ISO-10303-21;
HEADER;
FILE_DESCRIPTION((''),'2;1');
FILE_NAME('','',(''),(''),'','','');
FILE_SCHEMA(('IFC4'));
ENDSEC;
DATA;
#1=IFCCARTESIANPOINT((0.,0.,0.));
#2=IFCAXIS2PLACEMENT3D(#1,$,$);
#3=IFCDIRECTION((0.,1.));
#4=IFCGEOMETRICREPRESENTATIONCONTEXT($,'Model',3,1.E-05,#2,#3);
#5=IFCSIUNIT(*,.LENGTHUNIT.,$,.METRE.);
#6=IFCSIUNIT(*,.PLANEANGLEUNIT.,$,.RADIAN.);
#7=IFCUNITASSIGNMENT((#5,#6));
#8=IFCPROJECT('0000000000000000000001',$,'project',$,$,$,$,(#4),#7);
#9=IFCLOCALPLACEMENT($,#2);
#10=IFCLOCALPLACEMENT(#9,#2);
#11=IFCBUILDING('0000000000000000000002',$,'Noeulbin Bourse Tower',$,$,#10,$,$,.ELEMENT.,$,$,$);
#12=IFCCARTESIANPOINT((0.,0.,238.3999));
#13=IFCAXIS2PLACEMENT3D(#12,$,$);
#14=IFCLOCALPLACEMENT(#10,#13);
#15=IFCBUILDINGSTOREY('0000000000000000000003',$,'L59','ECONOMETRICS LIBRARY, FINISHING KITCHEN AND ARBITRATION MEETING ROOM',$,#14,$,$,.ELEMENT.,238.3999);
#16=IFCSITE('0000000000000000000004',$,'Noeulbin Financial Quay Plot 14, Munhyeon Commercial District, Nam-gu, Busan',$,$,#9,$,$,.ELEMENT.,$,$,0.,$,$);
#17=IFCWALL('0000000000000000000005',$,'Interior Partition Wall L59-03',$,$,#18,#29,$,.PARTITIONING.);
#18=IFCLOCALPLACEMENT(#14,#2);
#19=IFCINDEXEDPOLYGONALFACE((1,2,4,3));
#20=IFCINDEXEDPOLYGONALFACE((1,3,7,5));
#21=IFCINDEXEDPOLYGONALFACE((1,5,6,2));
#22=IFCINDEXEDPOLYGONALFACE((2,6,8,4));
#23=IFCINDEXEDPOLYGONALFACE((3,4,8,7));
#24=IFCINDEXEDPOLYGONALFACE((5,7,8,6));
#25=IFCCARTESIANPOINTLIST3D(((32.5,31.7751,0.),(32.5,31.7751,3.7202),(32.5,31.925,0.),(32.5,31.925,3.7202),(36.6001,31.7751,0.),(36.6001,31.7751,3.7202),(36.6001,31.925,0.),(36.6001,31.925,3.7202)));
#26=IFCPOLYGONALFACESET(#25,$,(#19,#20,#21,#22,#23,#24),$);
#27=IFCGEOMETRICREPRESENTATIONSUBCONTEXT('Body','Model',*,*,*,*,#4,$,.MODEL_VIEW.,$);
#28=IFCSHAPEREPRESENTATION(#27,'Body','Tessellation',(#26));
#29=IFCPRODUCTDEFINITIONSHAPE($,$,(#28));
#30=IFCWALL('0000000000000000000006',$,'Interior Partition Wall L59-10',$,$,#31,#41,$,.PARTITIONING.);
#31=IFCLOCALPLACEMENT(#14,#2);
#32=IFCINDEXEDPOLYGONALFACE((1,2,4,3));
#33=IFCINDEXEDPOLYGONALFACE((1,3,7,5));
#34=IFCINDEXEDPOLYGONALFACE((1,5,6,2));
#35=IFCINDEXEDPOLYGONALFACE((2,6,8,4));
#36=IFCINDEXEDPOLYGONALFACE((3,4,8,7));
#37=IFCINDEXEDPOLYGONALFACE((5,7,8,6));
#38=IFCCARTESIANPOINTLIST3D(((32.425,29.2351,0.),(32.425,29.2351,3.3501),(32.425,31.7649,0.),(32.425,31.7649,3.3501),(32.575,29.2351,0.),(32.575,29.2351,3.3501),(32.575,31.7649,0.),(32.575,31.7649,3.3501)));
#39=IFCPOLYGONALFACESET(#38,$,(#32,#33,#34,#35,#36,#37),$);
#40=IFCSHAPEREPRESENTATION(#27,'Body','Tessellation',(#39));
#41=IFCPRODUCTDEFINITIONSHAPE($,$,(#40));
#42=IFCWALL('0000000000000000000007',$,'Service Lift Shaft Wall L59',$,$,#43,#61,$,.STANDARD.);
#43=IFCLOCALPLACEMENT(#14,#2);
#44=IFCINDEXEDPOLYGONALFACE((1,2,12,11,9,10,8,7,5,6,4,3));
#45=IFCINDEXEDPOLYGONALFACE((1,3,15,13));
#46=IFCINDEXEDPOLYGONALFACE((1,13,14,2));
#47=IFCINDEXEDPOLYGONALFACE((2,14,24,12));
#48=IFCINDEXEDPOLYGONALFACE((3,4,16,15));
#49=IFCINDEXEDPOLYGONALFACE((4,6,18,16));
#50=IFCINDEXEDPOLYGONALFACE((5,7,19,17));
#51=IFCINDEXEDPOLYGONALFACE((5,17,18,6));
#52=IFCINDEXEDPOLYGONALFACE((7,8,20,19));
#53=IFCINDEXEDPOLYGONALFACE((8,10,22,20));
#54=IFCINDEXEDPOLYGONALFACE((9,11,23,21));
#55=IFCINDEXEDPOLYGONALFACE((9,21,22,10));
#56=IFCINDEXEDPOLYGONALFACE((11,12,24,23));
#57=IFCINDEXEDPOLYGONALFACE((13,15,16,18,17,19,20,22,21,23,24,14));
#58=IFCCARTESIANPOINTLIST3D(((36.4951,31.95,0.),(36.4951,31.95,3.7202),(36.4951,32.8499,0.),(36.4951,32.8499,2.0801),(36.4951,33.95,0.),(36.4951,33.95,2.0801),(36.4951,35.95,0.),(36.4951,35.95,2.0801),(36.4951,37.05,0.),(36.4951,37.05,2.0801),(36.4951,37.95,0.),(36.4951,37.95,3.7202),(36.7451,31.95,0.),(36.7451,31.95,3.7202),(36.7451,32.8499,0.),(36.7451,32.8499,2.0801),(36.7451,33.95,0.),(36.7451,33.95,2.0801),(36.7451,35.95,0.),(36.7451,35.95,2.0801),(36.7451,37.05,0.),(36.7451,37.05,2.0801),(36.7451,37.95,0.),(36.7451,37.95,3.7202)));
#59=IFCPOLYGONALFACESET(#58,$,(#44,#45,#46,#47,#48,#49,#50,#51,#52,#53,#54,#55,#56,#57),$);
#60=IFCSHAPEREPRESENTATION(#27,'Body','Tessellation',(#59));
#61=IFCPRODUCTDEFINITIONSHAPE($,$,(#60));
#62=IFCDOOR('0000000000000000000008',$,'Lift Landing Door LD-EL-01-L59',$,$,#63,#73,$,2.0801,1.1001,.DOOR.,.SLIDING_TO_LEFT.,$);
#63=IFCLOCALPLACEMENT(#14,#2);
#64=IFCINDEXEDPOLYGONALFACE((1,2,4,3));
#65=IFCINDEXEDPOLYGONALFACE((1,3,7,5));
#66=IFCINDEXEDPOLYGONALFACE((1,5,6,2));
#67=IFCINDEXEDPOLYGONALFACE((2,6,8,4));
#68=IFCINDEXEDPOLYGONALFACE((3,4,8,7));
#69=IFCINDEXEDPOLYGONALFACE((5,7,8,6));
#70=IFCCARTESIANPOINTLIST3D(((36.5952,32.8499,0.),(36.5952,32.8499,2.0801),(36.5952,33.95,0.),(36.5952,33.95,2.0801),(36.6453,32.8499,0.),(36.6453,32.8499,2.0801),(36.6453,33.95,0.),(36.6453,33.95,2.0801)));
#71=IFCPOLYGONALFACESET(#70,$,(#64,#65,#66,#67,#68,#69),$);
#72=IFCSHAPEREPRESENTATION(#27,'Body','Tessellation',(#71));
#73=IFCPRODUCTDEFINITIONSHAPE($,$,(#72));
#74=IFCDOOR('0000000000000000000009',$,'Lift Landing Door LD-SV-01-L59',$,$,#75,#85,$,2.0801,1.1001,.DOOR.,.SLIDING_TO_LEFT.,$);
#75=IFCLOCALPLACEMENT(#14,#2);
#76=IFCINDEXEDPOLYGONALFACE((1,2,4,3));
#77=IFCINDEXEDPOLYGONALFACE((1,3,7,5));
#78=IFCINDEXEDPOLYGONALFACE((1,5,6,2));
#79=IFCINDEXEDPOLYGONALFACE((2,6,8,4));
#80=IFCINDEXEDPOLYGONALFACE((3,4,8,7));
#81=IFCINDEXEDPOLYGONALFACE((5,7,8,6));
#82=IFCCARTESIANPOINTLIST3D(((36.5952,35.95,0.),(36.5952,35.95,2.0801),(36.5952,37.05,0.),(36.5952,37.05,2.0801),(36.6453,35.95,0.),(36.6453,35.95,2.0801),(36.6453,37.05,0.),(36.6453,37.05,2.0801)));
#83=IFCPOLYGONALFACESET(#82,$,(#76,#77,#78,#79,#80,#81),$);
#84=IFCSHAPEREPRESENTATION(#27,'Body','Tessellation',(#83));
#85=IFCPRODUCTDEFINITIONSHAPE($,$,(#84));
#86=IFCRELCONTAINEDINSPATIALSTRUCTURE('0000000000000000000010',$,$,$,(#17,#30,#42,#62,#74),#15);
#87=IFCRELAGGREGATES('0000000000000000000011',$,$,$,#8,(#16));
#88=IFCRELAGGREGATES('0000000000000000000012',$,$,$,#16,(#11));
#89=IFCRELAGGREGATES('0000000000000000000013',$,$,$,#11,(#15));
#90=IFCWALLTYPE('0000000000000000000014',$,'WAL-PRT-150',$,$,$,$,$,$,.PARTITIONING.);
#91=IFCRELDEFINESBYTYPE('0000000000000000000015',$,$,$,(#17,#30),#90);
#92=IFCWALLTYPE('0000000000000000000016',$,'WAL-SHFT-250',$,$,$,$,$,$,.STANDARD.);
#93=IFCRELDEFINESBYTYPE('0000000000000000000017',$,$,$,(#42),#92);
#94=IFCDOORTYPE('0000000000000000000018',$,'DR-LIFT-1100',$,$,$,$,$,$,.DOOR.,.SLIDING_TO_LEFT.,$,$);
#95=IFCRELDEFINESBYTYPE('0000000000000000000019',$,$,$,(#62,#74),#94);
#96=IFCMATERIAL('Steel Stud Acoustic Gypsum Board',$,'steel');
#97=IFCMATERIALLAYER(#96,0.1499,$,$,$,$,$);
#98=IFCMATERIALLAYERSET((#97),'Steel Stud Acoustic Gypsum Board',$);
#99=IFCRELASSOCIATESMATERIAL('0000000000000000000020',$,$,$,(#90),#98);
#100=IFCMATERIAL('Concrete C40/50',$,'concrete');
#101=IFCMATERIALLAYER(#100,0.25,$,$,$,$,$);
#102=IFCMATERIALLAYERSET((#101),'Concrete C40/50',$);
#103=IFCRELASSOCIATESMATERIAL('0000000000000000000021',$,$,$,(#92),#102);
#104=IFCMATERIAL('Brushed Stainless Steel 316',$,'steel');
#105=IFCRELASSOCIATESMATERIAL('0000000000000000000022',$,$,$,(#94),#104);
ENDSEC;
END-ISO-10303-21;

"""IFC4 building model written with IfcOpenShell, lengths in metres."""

from ifc_helpers import new_model, si_unit, direction, frame, frame_2d, origin, place, context, subcontext, project, spatial, rectangle, extrude, material, layer, layer_set, type_object, element, fill, save


model = new_model("IFC4")

# Units and contexts
model_context = context("Model", 3, precision=1e-05, world=origin(), true_north=direction((0.0, 1.0)))
body_context = subcontext(model_context, "Body", "Model", "MODEL_VIEW")
ifc_project = project(units=[si_unit("LENGTHUNIT", "METRE"), si_unit("PLANEANGLEUNIT", "RADIAN")], contexts=[model_context])

# Site, building, storey
site_placement = place(None, origin())
site = spatial("IfcSite", under=ifc_project, at=site_placement, Name="Noeulbin Financial Quay Plot 14, Munhyeon Commercial District, Nam-gu, Busan", CompositionType="ELEMENT", RefElevation=0.0)
building_placement = place(site_placement, origin())
building = spatial("IfcBuilding", under=site, at=building_placement, Name="Noeulbin Bourse Tower", CompositionType="ELEMENT")
storey_placement = place(building_placement, frame((0.0, 0.0, 238.3999)))
storey = spatial("IfcBuildingStorey", under=building, at=storey_placement, Name="L59", Description="ECONOMETRICS LIBRARY, FINISHING KITCHEN AND ARBITRATION MEETING ROOM", CompositionType="ELEMENT", Elevation=238.3999)

# Walls
ifc_material_1 = material(Name="Steel Stud Acoustic Gypsum Board", Category="steel")
ifc_layer_1 = layer(ifc_material_1, 0.1499)
ifc_layer_set_1 = layer_set([ifc_layer_1], Name="Steel Stud Acoustic Gypsum Board")
wall_type_1 = type_object("IfcWallType", Name="WAL-PRT-150", PredefinedType="PARTITIONING", material=ifc_layer_set_1)
wall_1_placement = place(storey_placement, frame((32.5, 31.8501, 0.0), z_axis=(0.0, 0.0, 1.0), x_axis=(1.0, 0.0, 0.0)))
element("IfcWall", 1, at=wall_1_placement, inside=storey, type_object=wall_type_1, Name="Interior Partition Wall L59-03", PredefinedType="PARTITIONING", context=body_context, shape_type="SweptSolid", body=[
    extrude(rectangle(XDim=4.1001, YDim=0.1499, at=frame_2d((2.05, 0.0))), origin(), (0.0, 0.0, 1.0), 3.7202),
])
wall_2_placement = place(storey_placement, frame((32.5, 29.2351, 0.0), z_axis=(0.0, 0.0, 1.0), x_axis=(0.0, 1.0, 0.0)))
element("IfcWall", 2, at=wall_2_placement, inside=storey, type_object=wall_type_1, Name="Interior Partition Wall L59-10", PredefinedType="PARTITIONING", context=body_context, shape_type="SweptSolid", body=[
    extrude(rectangle(XDim=2.5298, YDim=0.1499, at=frame_2d((1.2649, 0.0))), origin(), (0.0, 0.0, 1.0), 3.3501),
])

# Wall, openings, doors
ifc_material_2 = material(Name="Concrete C40/50", Category="concrete")
ifc_layer_2 = layer(ifc_material_2, 0.25)
ifc_layer_set_2 = layer_set([ifc_layer_2], Name="Concrete C40/50")
wall_type_2 = type_object("IfcWallType", Name="WAL-SHFT-250", PredefinedType="STANDARD", material=ifc_layer_set_2)
wall_3_placement = place(storey_placement, frame((36.6201, 31.95, 0.0), z_axis=(0.0, 0.0, 1.0), x_axis=(0.0, 1.0, 0.0)))
wall_3 = element("IfcWall", 3, at=wall_3_placement, inside=storey, type_object=wall_type_2, Name="Service Lift Shaft Wall L59", PredefinedType="STANDARD", context=body_context, shape_type="SweptSolid", body=[
    extrude(rectangle(XDim=6.0, YDim=0.25, at=frame_2d((3.0, 0.0))), origin(), (0.0, 0.0, 1.0), 3.7202),
])
opening_1_placement = place(wall_3_placement, frame((0.8999, 0.0, 0.0)))
opening_1 = element("IfcOpeningElement", 4, at=opening_1_placement, cuts=wall_3, PredefinedType="OPENING", context=body_context, shape_type="SweptSolid", body=[
    extrude(rectangle(XDim=1.1001, YDim=2.0801, at=frame_2d((0.55, 1.04))), frame((0.0, 0.135, 0.0), z_axis=(0.0, -1.0, 0.0), x_axis=(1.0, 0.0, 0.0)), (0.0, 0.0, 1.0), 0.27),
])
opening_2_placement = place(wall_3_placement, frame((4.0, 0.0, 0.0)))
opening_2 = element("IfcOpeningElement", 5, at=opening_2_placement, cuts=wall_3, PredefinedType="OPENING", context=body_context, shape_type="SweptSolid", body=[
    extrude(rectangle(XDim=1.1001, YDim=2.0801, at=frame_2d((0.55, 1.04))), frame((0.0, 0.135, 0.0), z_axis=(0.0, -1.0, 0.0), x_axis=(1.0, 0.0, 0.0)), (0.0, 0.0, 1.0), 0.27),
])
ifc_material_3 = material(Name="Brushed Stainless Steel 316", Category="steel")
door_type = type_object("IfcDoorType", Name="DR-LIFT-1100", OperationType="SLIDING_TO_LEFT", PredefinedType="DOOR", material=ifc_material_3)
door_1_placement = place(opening_1_placement, origin())
door_1 = element("IfcDoor", 6, at=door_1_placement, inside=storey, type_object=door_type, Name="Lift Landing Door LD-EL-01-L59", OperationType="SLIDING_TO_LEFT", OverallHeight=2.0801, OverallWidth=1.1001, PredefinedType="DOOR", context=body_context, shape_type="SweptSolid", body=[
    extrude(rectangle(XDim=1.1001, YDim=2.0801, at=frame_2d((0.55, 1.04))), frame((0.0, 0.0249, 0.0), z_axis=(0.0, -1.0, 0.0), x_axis=(1.0, 0.0, 0.0)), (0.0, 0.0, 1.0), 0.05),
])
fill(opening_1, door_1)
door_2_placement = place(opening_2_placement, origin())
door_2 = element("IfcDoor", 7, at=door_2_placement, inside=storey, type_object=door_type, Name="Lift Landing Door LD-SV-01-L59", OperationType="SLIDING_TO_LEFT", OverallHeight=2.0801, OverallWidth=1.1001, PredefinedType="DOOR", context=body_context, shape_type="SweptSolid", body=[
    extrude(rectangle(XDim=1.1001, YDim=2.0801, at=frame_2d((0.55, 1.04))), frame((0.0, 0.0249, 0.0), z_axis=(0.0, -1.0, 0.0), x_axis=(1.0, 0.0, 0.0)), (0.0, 0.0, 1.0), 0.05),
])
fill(opening_2, door_2)

save(model, "model.ifc")
